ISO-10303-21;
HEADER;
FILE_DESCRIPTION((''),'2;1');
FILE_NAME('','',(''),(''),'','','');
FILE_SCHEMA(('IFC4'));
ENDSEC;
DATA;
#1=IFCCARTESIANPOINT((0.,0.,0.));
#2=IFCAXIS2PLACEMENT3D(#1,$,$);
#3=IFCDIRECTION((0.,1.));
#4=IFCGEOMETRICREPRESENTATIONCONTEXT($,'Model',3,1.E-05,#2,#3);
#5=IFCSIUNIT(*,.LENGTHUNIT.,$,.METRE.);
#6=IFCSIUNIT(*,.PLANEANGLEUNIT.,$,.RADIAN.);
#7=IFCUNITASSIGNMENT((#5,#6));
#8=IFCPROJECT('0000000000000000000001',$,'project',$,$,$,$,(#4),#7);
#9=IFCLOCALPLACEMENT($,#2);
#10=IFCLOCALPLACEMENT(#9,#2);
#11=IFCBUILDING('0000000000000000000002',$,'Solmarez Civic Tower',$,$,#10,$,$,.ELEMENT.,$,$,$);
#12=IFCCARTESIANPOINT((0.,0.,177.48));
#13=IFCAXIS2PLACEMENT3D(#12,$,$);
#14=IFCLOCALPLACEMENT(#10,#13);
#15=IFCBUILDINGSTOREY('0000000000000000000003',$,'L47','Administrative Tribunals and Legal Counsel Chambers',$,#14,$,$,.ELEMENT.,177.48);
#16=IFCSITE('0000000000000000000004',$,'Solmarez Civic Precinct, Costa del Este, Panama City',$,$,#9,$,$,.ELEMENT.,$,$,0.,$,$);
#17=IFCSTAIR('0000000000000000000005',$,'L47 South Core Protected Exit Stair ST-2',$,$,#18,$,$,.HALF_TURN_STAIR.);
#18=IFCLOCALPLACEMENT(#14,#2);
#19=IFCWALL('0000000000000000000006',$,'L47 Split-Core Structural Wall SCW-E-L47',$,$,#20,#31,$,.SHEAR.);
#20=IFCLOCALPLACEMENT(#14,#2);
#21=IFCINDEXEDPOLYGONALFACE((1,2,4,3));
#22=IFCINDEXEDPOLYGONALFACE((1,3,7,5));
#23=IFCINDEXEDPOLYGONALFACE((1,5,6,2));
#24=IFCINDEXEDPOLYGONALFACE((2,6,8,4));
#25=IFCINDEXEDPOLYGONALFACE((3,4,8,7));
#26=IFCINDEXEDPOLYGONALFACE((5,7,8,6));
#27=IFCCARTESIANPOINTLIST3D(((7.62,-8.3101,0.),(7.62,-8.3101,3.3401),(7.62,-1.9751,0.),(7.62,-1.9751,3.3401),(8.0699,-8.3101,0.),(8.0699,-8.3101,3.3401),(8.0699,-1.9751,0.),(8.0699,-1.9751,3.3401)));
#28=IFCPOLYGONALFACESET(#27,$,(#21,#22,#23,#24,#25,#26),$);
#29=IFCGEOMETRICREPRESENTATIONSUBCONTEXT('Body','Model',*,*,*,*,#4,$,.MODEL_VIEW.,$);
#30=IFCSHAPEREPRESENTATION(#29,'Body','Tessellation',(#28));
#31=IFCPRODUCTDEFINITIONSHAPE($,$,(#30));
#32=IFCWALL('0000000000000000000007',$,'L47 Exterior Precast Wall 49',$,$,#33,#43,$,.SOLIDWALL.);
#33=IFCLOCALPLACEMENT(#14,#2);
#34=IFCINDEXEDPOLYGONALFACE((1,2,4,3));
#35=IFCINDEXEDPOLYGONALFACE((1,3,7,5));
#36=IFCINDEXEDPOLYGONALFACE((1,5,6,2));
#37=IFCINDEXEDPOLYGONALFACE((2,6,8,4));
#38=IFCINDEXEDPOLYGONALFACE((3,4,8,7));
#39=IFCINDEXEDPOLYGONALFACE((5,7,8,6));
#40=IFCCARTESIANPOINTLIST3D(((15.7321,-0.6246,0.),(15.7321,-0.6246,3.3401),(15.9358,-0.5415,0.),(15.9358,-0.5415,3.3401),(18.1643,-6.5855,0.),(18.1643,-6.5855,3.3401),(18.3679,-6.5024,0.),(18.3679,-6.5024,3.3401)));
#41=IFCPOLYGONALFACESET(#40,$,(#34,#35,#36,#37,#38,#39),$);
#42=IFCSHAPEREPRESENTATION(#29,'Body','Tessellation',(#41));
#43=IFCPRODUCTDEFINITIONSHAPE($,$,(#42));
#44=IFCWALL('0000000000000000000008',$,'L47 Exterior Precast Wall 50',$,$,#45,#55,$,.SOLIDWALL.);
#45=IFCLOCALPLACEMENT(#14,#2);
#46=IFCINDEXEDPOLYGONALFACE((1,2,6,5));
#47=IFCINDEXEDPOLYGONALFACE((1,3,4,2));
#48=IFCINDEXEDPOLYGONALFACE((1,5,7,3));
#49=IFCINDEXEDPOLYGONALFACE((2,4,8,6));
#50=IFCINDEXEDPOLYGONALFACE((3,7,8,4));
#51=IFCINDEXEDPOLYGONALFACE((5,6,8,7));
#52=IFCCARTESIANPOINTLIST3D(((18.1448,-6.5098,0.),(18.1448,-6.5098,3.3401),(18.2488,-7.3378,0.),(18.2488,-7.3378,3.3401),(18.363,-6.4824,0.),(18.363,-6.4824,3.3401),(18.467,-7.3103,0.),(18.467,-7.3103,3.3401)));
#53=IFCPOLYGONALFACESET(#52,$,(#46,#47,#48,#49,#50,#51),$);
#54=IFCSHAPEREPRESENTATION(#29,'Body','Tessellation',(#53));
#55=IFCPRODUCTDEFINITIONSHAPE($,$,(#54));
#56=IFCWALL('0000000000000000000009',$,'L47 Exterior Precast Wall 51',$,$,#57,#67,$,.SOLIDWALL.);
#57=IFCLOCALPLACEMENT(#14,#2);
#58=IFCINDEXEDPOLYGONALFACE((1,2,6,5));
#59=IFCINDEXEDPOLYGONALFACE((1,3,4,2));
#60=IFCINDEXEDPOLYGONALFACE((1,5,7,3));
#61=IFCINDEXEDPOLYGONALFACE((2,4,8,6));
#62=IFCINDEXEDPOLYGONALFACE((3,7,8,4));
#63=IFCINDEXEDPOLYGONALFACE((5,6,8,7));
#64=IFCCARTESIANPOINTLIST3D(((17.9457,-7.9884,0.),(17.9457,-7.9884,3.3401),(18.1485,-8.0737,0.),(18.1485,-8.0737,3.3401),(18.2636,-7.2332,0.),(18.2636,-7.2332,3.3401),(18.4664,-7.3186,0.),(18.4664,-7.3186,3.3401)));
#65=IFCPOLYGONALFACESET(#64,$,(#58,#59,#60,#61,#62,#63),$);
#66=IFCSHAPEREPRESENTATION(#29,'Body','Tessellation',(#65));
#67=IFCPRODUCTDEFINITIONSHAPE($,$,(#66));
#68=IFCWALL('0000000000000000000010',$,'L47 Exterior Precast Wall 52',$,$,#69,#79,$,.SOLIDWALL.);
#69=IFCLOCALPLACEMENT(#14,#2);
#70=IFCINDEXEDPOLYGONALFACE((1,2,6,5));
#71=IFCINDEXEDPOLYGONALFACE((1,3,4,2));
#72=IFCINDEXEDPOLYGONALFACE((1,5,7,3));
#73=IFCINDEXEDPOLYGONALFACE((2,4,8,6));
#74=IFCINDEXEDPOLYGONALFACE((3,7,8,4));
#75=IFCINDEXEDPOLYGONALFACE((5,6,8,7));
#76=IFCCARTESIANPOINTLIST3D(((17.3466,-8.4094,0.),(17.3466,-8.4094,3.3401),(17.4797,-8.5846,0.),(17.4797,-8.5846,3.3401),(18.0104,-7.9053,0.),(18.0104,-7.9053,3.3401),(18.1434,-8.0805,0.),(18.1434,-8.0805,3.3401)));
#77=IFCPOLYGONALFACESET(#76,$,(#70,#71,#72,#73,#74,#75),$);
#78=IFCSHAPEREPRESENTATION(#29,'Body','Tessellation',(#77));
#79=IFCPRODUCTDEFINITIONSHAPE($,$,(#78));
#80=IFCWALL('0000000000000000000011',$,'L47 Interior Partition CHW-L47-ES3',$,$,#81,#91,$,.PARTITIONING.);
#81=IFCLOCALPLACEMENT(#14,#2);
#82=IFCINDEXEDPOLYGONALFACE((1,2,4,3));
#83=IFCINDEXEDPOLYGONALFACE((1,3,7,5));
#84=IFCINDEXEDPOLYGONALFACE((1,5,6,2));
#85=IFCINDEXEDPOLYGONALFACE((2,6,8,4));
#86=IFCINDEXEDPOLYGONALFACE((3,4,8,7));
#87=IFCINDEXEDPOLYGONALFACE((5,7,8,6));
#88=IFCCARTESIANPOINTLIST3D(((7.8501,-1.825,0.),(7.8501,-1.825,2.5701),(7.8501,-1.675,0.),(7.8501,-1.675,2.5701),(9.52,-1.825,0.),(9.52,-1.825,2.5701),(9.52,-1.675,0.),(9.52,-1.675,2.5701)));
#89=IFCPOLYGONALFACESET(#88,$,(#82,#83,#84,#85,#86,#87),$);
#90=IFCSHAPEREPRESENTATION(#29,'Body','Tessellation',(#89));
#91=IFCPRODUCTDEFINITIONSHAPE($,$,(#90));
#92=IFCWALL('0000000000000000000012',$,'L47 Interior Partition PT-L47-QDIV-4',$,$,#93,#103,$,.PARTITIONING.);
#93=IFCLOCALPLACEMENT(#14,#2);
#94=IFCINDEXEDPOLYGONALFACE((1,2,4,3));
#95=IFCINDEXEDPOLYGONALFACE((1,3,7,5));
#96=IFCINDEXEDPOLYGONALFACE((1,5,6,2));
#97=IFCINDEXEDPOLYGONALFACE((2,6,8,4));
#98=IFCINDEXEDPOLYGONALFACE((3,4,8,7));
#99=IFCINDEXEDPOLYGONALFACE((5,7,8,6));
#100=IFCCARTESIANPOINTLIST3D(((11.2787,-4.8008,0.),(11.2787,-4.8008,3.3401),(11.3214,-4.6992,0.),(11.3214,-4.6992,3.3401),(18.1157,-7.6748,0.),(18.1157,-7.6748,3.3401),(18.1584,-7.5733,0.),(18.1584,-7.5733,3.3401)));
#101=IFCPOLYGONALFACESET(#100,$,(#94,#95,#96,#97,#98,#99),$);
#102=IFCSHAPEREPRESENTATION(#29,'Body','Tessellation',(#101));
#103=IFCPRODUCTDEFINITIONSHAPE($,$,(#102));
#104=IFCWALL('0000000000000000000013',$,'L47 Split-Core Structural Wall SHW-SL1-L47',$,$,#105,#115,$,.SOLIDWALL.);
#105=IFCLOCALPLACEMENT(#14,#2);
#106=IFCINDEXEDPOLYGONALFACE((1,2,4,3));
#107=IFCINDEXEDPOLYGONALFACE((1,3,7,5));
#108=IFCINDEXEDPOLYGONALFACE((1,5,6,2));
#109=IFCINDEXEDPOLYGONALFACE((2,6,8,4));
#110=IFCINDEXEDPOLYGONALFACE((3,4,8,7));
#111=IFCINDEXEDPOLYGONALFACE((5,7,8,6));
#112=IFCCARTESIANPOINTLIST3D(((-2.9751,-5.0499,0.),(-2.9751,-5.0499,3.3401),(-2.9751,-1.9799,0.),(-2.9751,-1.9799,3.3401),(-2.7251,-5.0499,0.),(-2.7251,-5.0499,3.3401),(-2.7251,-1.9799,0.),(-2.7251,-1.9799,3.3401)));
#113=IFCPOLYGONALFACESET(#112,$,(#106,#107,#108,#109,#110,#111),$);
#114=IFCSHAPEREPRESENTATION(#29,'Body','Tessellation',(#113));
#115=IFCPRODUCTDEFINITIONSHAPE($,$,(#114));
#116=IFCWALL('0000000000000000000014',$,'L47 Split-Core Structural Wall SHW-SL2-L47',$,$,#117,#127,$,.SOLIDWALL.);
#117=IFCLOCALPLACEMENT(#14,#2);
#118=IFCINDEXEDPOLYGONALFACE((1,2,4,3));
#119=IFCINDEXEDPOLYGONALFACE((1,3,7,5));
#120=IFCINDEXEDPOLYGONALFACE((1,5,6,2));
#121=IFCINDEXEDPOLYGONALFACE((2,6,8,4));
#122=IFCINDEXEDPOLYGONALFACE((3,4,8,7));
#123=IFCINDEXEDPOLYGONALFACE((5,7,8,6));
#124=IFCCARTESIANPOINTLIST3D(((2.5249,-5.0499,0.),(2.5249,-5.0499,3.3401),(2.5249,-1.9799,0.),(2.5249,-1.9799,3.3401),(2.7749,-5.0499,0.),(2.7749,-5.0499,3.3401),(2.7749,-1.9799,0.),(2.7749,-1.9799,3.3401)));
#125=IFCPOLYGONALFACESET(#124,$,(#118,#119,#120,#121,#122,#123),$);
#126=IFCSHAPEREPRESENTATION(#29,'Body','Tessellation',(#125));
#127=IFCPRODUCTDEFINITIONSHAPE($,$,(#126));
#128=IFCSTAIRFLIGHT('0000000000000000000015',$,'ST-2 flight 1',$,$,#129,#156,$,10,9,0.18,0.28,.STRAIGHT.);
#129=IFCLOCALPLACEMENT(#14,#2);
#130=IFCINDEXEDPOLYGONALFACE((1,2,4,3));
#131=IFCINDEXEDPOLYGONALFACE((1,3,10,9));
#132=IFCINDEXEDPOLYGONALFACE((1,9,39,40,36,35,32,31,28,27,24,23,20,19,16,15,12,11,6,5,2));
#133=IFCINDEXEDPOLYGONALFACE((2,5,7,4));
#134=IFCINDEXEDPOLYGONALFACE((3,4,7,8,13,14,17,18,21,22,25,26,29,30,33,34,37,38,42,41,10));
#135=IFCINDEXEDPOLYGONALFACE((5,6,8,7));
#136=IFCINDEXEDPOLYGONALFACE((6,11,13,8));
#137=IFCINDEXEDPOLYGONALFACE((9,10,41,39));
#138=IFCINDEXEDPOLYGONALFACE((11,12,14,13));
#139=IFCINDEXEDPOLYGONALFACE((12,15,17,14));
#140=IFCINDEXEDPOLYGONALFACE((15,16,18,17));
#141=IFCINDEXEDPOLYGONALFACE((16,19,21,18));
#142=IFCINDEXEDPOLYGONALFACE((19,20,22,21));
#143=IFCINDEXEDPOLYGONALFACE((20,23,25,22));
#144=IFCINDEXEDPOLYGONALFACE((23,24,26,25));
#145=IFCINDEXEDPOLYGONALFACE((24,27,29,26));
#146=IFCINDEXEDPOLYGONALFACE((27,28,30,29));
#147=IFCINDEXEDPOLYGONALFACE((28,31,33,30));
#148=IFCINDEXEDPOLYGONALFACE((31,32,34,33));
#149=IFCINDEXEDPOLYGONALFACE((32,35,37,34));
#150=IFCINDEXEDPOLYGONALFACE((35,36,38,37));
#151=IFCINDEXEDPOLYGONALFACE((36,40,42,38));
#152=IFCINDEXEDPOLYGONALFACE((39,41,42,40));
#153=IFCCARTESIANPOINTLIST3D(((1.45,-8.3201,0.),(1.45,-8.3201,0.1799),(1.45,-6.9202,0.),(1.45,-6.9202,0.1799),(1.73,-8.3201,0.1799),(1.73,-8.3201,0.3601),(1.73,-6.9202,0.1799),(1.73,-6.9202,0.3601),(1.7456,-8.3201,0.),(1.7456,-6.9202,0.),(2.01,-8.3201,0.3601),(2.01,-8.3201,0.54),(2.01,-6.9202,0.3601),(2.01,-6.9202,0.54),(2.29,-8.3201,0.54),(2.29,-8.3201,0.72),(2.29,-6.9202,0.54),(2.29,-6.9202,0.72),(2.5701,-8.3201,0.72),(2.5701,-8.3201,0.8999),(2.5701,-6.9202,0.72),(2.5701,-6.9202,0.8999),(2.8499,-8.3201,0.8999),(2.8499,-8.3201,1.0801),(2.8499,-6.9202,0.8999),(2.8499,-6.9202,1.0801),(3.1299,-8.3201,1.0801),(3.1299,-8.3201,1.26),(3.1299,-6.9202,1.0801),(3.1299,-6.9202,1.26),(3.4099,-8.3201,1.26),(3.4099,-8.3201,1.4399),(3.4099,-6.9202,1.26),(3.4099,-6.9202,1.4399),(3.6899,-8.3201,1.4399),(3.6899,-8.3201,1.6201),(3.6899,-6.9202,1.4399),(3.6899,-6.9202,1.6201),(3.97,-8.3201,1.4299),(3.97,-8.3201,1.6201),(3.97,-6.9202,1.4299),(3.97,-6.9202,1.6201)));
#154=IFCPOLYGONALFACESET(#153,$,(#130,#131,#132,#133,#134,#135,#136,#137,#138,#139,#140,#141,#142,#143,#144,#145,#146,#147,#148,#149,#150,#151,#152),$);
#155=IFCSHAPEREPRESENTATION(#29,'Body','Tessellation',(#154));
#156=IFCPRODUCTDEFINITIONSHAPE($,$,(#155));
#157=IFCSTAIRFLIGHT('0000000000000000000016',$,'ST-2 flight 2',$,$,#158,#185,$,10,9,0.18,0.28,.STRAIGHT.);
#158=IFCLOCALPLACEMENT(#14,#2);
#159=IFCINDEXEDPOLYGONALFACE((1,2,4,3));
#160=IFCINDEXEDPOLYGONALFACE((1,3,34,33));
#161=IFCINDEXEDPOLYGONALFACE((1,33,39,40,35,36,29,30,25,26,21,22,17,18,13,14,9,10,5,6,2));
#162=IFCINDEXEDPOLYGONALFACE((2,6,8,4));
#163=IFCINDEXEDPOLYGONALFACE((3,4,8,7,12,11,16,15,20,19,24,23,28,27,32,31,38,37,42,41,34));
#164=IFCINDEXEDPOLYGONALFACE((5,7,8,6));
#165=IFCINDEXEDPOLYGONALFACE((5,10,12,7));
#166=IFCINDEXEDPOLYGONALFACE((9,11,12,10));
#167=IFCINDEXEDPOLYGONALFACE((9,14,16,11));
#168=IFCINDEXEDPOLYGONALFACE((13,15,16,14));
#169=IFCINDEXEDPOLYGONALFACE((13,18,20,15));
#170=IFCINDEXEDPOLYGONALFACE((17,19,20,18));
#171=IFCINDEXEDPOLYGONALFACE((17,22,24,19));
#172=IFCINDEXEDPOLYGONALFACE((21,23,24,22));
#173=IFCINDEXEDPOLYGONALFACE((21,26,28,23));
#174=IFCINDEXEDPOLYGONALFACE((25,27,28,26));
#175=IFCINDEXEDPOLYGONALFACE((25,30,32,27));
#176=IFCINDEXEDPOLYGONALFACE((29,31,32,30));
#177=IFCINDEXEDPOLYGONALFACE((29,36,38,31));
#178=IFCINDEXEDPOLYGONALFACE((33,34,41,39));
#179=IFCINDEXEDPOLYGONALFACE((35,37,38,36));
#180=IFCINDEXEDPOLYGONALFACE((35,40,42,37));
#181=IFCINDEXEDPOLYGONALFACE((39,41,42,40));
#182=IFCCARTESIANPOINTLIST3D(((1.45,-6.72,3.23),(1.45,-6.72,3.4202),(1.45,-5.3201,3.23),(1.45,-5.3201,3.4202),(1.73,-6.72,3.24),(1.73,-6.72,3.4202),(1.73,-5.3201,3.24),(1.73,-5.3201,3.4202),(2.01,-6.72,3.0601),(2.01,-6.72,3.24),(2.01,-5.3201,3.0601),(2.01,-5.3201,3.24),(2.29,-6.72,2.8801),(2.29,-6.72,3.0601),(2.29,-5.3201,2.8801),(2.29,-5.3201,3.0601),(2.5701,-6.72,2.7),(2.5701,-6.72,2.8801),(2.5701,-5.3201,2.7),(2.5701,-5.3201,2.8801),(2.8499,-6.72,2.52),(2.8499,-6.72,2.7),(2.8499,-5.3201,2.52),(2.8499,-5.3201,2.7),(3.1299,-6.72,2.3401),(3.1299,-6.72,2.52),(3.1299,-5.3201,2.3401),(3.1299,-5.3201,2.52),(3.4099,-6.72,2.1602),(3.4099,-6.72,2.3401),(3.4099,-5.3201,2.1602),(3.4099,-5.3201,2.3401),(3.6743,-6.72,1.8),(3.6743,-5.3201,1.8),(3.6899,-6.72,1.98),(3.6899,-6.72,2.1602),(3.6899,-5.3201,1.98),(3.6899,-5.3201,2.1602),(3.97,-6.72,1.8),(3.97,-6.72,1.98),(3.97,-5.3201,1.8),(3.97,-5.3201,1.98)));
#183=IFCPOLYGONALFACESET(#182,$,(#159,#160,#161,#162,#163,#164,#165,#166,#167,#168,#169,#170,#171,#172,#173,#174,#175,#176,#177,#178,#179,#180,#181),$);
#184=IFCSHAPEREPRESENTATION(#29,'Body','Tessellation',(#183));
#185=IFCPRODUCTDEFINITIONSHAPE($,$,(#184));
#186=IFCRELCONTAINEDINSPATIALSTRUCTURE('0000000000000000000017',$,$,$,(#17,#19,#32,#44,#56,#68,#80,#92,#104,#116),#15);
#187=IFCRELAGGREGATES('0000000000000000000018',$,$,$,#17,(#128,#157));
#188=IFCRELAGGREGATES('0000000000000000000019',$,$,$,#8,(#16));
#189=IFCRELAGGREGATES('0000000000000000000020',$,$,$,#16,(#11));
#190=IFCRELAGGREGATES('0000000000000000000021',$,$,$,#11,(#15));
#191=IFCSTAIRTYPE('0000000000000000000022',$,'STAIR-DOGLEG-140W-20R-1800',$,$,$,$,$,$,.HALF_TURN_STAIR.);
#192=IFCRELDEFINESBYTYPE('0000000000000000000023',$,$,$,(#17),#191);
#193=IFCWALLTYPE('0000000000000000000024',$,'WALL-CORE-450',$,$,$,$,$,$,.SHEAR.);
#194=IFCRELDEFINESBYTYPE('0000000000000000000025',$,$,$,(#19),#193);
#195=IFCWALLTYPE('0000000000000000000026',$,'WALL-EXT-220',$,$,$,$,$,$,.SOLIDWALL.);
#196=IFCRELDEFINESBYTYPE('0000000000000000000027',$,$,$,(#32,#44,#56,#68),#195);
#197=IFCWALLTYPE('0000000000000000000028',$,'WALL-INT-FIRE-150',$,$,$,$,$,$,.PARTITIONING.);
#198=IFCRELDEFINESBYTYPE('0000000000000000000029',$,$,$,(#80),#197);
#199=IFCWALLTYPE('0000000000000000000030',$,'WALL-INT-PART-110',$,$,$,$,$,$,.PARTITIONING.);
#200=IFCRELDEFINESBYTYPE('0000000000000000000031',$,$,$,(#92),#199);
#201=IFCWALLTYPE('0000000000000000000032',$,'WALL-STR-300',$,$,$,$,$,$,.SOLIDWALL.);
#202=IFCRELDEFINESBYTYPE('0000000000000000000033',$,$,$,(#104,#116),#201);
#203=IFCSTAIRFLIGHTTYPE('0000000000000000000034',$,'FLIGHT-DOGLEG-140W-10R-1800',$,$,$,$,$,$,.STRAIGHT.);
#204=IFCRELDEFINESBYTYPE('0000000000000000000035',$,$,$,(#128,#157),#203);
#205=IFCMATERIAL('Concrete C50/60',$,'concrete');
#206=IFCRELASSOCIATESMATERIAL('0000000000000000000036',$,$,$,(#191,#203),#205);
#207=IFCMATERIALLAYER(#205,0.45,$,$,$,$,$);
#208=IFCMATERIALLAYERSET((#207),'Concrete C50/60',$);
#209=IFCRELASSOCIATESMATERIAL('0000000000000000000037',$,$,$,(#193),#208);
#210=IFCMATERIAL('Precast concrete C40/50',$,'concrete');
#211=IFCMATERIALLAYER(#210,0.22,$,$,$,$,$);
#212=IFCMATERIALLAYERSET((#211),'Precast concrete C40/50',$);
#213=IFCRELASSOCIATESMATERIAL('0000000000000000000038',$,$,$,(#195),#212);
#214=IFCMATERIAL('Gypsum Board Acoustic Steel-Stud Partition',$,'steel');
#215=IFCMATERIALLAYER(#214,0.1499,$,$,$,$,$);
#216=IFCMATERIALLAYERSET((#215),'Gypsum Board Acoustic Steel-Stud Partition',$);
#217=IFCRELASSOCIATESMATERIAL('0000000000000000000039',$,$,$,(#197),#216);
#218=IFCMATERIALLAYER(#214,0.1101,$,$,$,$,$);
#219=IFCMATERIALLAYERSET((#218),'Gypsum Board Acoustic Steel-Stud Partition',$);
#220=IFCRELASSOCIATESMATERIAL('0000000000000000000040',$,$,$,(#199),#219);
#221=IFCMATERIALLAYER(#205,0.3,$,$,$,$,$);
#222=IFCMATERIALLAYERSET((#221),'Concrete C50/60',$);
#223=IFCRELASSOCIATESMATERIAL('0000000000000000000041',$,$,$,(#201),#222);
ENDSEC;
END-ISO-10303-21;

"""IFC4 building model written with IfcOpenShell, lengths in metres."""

from ifc_helpers import new_model, si_unit, direction, frame, frame_2d, origin, place, context, subcontext, project, spatial, polyline, rectangle, outline, extrude, material, layer, layer_set, type_object, element, aggregate, save


model = new_model("IFC4")

# Units and contexts
model_context = context("Model", 3, precision=1e-05, world=origin(), true_north=direction((0.0, 1.0)))
body_context = subcontext(model_context, "Body", "Model", "MODEL_VIEW")
ifc_project = project(units=[si_unit("LENGTHUNIT", "METRE"), si_unit("PLANEANGLEUNIT", "RADIAN")], contexts=[model_context])

# Site, building, storey
site_placement = place(None, origin())
site = spatial("IfcSite", under=ifc_project, at=site_placement, Name="Solmarez Civic Precinct, Costa del Este, Panama City", CompositionType="ELEMENT", RefElevation=0.0)
building_placement = place(site_placement, origin())
building = spatial("IfcBuilding", under=site, at=building_placement, Name="Solmarez Civic Tower", CompositionType="ELEMENT")
storey_placement = place(building_placement, frame((0.0, 0.0, 177.48)))
storey = spatial("IfcBuildingStorey", under=building, at=storey_placement, Name="L47", Description="Administrative Tribunals and Legal Counsel Chambers", CompositionType="ELEMENT", Elevation=177.48)

# Shared definitions
ifc_material_1 = material(Name="Concrete C50/60", Category="concrete")

# Stair
stair_type = type_object("IfcStairType", Name="STAIR-DOGLEG-140W-20R-1800", PredefinedType="HALF_TURN_STAIR", material=ifc_material_1)
stair_1_placement = place(storey_placement, origin())
stair_1 = element("IfcStair", 1, at=stair_1_placement, inside=storey, type_object=stair_type, Name="L47 South Core Protected Exit Stair ST-2", PredefinedType="HALF_TURN_STAIR")

# Walls
ifc_layer_1 = layer(ifc_material_1, 0.45)
ifc_layer_set_1 = layer_set([ifc_layer_1], Name="Concrete C50/60")
wall_type_1 = type_object("IfcWallType", Name="WALL-CORE-450", PredefinedType="SHEAR", material=ifc_layer_set_1)
wall_1_placement = place(storey_placement, frame((7.845, -1.9751, 0.0), z_axis=(0.0, 0.0, 1.0), x_axis=(0.0, -1.0, 0.0)))
element("IfcWall", 2, at=wall_1_placement, inside=storey, type_object=wall_type_1, Name="L47 Split-Core Structural Wall SCW-E-L47", PredefinedType="SHEAR", context=body_context, shape_type="SweptSolid", body=[
    extrude(rectangle(XDim=6.335, YDim=0.45, at=frame_2d((3.1675, 0.0))), origin(), (0.0, 0.0, 1.0), 3.3401),
])
ifc_material_2 = material(Name="Precast concrete C40/50", Category="concrete")
ifc_layer_2 = layer(ifc_material_2, 0.22)
ifc_layer_set_2 = layer_set([ifc_layer_2], Name="Precast concrete C40/50")
wall_type_2 = type_object("IfcWallType", Name="WALL-EXT-220", PredefinedType="SOLIDWALL", material=ifc_layer_set_2)
wall_2_placement = place(storey_placement, frame((15.834, -0.583, 0.0), z_axis=(0.0, 0.0, 1.0), x_axis=(0.377776, -0.925897, 0.0)))
element("IfcWall", 3, at=wall_2_placement, inside=storey, type_object=wall_type_2, Name="L47 Exterior Precast Wall 49", PredefinedType="SOLIDWALL", context=body_context, shape_type="SweptSolid", body=[
    extrude(rectangle(XDim=6.438, YDim=0.22, at=frame_2d((3.219, 0.0))), origin(), (0.0, 0.0, 1.0), 3.3401),
])
wall_3_placement = place(storey_placement, frame((18.2539, -6.4961, 0.0), z_axis=(0.0, 0.0, 1.0), x_axis=(0.124647, -0.992201, 0.0)))
element("IfcWall", 4, at=wall_3_placement, inside=storey, type_object=wall_type_2, Name="L47 Exterior Precast Wall 50", PredefinedType="SOLIDWALL", context=body_context, shape_type="SweptSolid", body=[
    extrude(rectangle(XDim=0.8345, YDim=0.22, at=frame_2d((0.4172, 0.0))), origin(), (0.0, 0.0, 1.0), 3.3401),
])
wall_4_placement = place(storey_placement, frame((18.365, -7.2759, 0.0), z_axis=(0.0, 0.0, 1.0), x_axis=(-0.387977, -0.921669, 0.0)))
element("IfcWall", 5, at=wall_4_placement, inside=storey, type_object=wall_type_2, Name="L47 Exterior Precast Wall 51", PredefinedType="SOLIDWALL", context=body_context, shape_type="SweptSolid", body=[
    extrude(rectangle(XDim=0.8193, YDim=0.22, at=frame_2d((0.4097, 0.0))), origin(), (0.0, 0.0, 1.0), 3.3401),
])
wall_5_placement = place(storey_placement, frame((18.0769, -7.9929, 0.0), z_axis=(0.0, 0.0, 1.0), x_axis=(-0.796365, -0.604816, 0.0)))
element("IfcWall", 6, at=wall_5_placement, inside=storey, type_object=wall_type_2, Name="L47 Exterior Precast Wall 52", PredefinedType="SOLIDWALL", context=body_context, shape_type="SweptSolid", body=[
    extrude(rectangle(XDim=0.8335, YDim=0.22, at=frame_2d((0.4167, 0.0))), origin(), (0.0, 0.0, 1.0), 3.3401),
])
ifc_material_3 = material(Name="Gypsum Board Acoustic Steel-Stud Partition", Category="steel")
ifc_layer_3 = layer(ifc_material_3, 0.1499)
ifc_layer_set_3 = layer_set([ifc_layer_3], Name="Gypsum Board Acoustic Steel-Stud Partition")
wall_type_3 = type_object("IfcWallType", Name="WALL-INT-FIRE-150", PredefinedType="PARTITIONING", material=ifc_layer_set_3)
wall_6_placement = place(storey_placement, frame((7.8501, -1.75, 0.0), z_axis=(0.0, 0.0, 1.0), x_axis=(1.0, 0.0, 0.0)))
element("IfcWall", 7, at=wall_6_placement, inside=storey, type_object=wall_type_3, Name="L47 Interior Partition CHW-L47-ES3", PredefinedType="PARTITIONING", context=body_context, shape_type="SweptSolid", body=[
    extrude(rectangle(XDim=1.6699, YDim=0.1499, at=frame_2d((0.835, 0.0))), origin(), (0.0, 0.0, 1.0), 2.5701),
])
ifc_layer_4 = layer(ifc_material_3, 0.1101)
ifc_layer_set_4 = layer_set([ifc_layer_4], Name="Gypsum Board Acoustic Steel-Stud Partition")
wall_type_4 = type_object("IfcWallType", Name="WALL-INT-PART-110", PredefinedType="PARTITIONING", material=ifc_layer_set_4)
wall_7_placement = place(storey_placement, frame((11.3, -4.75, 0.0), z_axis=(0.0, 0.0, 1.0), x_axis=(0.921861, -0.387521, 0.0)))
element("IfcWall", 8, at=wall_7_placement, inside=storey, type_object=wall_type_4, Name="L47 Interior Partition PT-L47-QDIV-4", PredefinedType="PARTITIONING", context=body_context, shape_type="SweptSolid", body=[
    extrude(rectangle(XDim=7.4165, YDim=0.1101, at=frame_2d((3.7083, 0.0))), origin(), (0.0, 0.0, 1.0), 3.3401),
])
ifc_layer_5 = layer(ifc_material_1, 0.3)
ifc_layer_set_5 = layer_set([ifc_layer_5], Name="Concrete C50/60")
wall_type_5 = type_object("IfcWallType", Name="WALL-STR-300", PredefinedType="SOLIDWALL", material=ifc_layer_set_5)
for number, where, z_axis, x_axis, name in (
    (9, (-2.8501, -5.05, 0.0), (0.0, 0.0, 1.0), (0.0, 1.0, 0.0), "L47 Split-Core Structural Wall SHW-SL1-L47"),
    (10, (2.6499, -5.05, 0.0), (0.0, 0.0, 1.0), (0.0, 1.0, 0.0), "L47 Split-Core Structural Wall SHW-SL2-L47"),
):
    element("IfcWall", number, at=place(storey_placement, frame(where, z_axis=z_axis, x_axis=x_axis)), inside=storey, type_object=wall_type_5, Name=name, PredefinedType="SOLIDWALL", context=body_context, shape_type="SweptSolid", body=[
        extrude(rectangle(XDim=3.0701, YDim=0.25, at=frame_2d((1.5352, 0.0))), origin(), (0.0, 0.0, 1.0), 3.3401),
    ])

# Stair flights
stair_flight_type = type_object("IfcStairFlightType", Name="FLIGHT-DOGLEG-140W-10R-1800", PredefinedType="STRAIGHT", material=ifc_material_1)
stair_flight_1_placement = place(storey_placement, frame((1.45, -7.6201, 0.0), z_axis=(0.0, 0.0, 1.0), x_axis=(1.0, 0.0, 0.0)))
stair_flight_1 = element("IfcStairFlight", 11, at=stair_flight_1_placement, type_object=stair_flight_type, Name="ST-2 flight 1", NumberOfRisers=10, NumberOfTreads=9, PredefinedType="STRAIGHT", RiserHeight=0.18, TreadLength=0.28, context=body_context, shape_type="SweptSolid", body=[
    extrude(outline(polyline([(0.0, 0.0), (0.0, 0.1799), (0.28, 0.1799), (0.28, 0.3601), (0.5601, 0.3601), (0.5601, 0.54), (0.8401, 0.54), (0.8401, 0.72), (1.1201, 0.72), (1.1201, 0.8999), (1.3999, 0.8999), (1.3999, 1.0801), (1.6799, 1.0801), (1.6799, 1.26), (1.96, 1.26), (1.96, 1.4399), (2.24, 1.4399), (2.24, 1.6201), (2.52, 1.6201), (2.52, 1.8), (2.52, 1.4299), (0.2957, 0.0), (0.0, 0.0)])), frame((0.0, 0.7, 0.0), z_axis=(0.0, -1.0, 0.0), x_axis=(1.0, 0.0, 0.0)), (0.0, 0.0, 1.0), 1.3999),
])
stair_flight_2_placement = place(storey_placement, frame((3.97, -6.02, 1.8), z_axis=(0.0, 0.0, 1.0), x_axis=(-1.0, 0.0, 0.0)))
stair_flight_2 = element("IfcStairFlight", 12, at=stair_flight_2_placement, type_object=stair_flight_type, Name="ST-2 flight 2", NumberOfRisers=10, NumberOfTreads=9, PredefinedType="STRAIGHT", RiserHeight=0.18, TreadLength=0.28, context=body_context, shape_type="SweptSolid", body=[
    extrude(outline(polyline([(0.0, 0.0), (0.0, 0.1799), (0.28, 0.1799), (0.28, 0.3601), (0.5601, 0.3601), (0.5601, 0.54), (0.8401, 0.54), (0.8401, 0.72), (1.1201, 0.72), (1.1201, 0.8999), (1.3999, 0.8999), (1.3999, 1.0801), (1.6799, 1.0801), (1.6799, 1.26), (1.96, 1.26), (1.96, 1.4399), (2.24, 1.4399), (2.24, 1.6201), (2.52, 1.6201), (2.52, 1.8), (2.52, 1.4299), (0.2957, 0.0), (0.0, 0.0)])), frame((0.0, 0.7, 0.0), z_axis=(0.0, -1.0, 0.0), x_axis=(1.0, 0.0, 0.0)), (0.0, 0.0, 1.0), 1.3999),
])
aggregate(stair_1, [stair_flight_1, stair_flight_2])

save(model, "model.ifc")
